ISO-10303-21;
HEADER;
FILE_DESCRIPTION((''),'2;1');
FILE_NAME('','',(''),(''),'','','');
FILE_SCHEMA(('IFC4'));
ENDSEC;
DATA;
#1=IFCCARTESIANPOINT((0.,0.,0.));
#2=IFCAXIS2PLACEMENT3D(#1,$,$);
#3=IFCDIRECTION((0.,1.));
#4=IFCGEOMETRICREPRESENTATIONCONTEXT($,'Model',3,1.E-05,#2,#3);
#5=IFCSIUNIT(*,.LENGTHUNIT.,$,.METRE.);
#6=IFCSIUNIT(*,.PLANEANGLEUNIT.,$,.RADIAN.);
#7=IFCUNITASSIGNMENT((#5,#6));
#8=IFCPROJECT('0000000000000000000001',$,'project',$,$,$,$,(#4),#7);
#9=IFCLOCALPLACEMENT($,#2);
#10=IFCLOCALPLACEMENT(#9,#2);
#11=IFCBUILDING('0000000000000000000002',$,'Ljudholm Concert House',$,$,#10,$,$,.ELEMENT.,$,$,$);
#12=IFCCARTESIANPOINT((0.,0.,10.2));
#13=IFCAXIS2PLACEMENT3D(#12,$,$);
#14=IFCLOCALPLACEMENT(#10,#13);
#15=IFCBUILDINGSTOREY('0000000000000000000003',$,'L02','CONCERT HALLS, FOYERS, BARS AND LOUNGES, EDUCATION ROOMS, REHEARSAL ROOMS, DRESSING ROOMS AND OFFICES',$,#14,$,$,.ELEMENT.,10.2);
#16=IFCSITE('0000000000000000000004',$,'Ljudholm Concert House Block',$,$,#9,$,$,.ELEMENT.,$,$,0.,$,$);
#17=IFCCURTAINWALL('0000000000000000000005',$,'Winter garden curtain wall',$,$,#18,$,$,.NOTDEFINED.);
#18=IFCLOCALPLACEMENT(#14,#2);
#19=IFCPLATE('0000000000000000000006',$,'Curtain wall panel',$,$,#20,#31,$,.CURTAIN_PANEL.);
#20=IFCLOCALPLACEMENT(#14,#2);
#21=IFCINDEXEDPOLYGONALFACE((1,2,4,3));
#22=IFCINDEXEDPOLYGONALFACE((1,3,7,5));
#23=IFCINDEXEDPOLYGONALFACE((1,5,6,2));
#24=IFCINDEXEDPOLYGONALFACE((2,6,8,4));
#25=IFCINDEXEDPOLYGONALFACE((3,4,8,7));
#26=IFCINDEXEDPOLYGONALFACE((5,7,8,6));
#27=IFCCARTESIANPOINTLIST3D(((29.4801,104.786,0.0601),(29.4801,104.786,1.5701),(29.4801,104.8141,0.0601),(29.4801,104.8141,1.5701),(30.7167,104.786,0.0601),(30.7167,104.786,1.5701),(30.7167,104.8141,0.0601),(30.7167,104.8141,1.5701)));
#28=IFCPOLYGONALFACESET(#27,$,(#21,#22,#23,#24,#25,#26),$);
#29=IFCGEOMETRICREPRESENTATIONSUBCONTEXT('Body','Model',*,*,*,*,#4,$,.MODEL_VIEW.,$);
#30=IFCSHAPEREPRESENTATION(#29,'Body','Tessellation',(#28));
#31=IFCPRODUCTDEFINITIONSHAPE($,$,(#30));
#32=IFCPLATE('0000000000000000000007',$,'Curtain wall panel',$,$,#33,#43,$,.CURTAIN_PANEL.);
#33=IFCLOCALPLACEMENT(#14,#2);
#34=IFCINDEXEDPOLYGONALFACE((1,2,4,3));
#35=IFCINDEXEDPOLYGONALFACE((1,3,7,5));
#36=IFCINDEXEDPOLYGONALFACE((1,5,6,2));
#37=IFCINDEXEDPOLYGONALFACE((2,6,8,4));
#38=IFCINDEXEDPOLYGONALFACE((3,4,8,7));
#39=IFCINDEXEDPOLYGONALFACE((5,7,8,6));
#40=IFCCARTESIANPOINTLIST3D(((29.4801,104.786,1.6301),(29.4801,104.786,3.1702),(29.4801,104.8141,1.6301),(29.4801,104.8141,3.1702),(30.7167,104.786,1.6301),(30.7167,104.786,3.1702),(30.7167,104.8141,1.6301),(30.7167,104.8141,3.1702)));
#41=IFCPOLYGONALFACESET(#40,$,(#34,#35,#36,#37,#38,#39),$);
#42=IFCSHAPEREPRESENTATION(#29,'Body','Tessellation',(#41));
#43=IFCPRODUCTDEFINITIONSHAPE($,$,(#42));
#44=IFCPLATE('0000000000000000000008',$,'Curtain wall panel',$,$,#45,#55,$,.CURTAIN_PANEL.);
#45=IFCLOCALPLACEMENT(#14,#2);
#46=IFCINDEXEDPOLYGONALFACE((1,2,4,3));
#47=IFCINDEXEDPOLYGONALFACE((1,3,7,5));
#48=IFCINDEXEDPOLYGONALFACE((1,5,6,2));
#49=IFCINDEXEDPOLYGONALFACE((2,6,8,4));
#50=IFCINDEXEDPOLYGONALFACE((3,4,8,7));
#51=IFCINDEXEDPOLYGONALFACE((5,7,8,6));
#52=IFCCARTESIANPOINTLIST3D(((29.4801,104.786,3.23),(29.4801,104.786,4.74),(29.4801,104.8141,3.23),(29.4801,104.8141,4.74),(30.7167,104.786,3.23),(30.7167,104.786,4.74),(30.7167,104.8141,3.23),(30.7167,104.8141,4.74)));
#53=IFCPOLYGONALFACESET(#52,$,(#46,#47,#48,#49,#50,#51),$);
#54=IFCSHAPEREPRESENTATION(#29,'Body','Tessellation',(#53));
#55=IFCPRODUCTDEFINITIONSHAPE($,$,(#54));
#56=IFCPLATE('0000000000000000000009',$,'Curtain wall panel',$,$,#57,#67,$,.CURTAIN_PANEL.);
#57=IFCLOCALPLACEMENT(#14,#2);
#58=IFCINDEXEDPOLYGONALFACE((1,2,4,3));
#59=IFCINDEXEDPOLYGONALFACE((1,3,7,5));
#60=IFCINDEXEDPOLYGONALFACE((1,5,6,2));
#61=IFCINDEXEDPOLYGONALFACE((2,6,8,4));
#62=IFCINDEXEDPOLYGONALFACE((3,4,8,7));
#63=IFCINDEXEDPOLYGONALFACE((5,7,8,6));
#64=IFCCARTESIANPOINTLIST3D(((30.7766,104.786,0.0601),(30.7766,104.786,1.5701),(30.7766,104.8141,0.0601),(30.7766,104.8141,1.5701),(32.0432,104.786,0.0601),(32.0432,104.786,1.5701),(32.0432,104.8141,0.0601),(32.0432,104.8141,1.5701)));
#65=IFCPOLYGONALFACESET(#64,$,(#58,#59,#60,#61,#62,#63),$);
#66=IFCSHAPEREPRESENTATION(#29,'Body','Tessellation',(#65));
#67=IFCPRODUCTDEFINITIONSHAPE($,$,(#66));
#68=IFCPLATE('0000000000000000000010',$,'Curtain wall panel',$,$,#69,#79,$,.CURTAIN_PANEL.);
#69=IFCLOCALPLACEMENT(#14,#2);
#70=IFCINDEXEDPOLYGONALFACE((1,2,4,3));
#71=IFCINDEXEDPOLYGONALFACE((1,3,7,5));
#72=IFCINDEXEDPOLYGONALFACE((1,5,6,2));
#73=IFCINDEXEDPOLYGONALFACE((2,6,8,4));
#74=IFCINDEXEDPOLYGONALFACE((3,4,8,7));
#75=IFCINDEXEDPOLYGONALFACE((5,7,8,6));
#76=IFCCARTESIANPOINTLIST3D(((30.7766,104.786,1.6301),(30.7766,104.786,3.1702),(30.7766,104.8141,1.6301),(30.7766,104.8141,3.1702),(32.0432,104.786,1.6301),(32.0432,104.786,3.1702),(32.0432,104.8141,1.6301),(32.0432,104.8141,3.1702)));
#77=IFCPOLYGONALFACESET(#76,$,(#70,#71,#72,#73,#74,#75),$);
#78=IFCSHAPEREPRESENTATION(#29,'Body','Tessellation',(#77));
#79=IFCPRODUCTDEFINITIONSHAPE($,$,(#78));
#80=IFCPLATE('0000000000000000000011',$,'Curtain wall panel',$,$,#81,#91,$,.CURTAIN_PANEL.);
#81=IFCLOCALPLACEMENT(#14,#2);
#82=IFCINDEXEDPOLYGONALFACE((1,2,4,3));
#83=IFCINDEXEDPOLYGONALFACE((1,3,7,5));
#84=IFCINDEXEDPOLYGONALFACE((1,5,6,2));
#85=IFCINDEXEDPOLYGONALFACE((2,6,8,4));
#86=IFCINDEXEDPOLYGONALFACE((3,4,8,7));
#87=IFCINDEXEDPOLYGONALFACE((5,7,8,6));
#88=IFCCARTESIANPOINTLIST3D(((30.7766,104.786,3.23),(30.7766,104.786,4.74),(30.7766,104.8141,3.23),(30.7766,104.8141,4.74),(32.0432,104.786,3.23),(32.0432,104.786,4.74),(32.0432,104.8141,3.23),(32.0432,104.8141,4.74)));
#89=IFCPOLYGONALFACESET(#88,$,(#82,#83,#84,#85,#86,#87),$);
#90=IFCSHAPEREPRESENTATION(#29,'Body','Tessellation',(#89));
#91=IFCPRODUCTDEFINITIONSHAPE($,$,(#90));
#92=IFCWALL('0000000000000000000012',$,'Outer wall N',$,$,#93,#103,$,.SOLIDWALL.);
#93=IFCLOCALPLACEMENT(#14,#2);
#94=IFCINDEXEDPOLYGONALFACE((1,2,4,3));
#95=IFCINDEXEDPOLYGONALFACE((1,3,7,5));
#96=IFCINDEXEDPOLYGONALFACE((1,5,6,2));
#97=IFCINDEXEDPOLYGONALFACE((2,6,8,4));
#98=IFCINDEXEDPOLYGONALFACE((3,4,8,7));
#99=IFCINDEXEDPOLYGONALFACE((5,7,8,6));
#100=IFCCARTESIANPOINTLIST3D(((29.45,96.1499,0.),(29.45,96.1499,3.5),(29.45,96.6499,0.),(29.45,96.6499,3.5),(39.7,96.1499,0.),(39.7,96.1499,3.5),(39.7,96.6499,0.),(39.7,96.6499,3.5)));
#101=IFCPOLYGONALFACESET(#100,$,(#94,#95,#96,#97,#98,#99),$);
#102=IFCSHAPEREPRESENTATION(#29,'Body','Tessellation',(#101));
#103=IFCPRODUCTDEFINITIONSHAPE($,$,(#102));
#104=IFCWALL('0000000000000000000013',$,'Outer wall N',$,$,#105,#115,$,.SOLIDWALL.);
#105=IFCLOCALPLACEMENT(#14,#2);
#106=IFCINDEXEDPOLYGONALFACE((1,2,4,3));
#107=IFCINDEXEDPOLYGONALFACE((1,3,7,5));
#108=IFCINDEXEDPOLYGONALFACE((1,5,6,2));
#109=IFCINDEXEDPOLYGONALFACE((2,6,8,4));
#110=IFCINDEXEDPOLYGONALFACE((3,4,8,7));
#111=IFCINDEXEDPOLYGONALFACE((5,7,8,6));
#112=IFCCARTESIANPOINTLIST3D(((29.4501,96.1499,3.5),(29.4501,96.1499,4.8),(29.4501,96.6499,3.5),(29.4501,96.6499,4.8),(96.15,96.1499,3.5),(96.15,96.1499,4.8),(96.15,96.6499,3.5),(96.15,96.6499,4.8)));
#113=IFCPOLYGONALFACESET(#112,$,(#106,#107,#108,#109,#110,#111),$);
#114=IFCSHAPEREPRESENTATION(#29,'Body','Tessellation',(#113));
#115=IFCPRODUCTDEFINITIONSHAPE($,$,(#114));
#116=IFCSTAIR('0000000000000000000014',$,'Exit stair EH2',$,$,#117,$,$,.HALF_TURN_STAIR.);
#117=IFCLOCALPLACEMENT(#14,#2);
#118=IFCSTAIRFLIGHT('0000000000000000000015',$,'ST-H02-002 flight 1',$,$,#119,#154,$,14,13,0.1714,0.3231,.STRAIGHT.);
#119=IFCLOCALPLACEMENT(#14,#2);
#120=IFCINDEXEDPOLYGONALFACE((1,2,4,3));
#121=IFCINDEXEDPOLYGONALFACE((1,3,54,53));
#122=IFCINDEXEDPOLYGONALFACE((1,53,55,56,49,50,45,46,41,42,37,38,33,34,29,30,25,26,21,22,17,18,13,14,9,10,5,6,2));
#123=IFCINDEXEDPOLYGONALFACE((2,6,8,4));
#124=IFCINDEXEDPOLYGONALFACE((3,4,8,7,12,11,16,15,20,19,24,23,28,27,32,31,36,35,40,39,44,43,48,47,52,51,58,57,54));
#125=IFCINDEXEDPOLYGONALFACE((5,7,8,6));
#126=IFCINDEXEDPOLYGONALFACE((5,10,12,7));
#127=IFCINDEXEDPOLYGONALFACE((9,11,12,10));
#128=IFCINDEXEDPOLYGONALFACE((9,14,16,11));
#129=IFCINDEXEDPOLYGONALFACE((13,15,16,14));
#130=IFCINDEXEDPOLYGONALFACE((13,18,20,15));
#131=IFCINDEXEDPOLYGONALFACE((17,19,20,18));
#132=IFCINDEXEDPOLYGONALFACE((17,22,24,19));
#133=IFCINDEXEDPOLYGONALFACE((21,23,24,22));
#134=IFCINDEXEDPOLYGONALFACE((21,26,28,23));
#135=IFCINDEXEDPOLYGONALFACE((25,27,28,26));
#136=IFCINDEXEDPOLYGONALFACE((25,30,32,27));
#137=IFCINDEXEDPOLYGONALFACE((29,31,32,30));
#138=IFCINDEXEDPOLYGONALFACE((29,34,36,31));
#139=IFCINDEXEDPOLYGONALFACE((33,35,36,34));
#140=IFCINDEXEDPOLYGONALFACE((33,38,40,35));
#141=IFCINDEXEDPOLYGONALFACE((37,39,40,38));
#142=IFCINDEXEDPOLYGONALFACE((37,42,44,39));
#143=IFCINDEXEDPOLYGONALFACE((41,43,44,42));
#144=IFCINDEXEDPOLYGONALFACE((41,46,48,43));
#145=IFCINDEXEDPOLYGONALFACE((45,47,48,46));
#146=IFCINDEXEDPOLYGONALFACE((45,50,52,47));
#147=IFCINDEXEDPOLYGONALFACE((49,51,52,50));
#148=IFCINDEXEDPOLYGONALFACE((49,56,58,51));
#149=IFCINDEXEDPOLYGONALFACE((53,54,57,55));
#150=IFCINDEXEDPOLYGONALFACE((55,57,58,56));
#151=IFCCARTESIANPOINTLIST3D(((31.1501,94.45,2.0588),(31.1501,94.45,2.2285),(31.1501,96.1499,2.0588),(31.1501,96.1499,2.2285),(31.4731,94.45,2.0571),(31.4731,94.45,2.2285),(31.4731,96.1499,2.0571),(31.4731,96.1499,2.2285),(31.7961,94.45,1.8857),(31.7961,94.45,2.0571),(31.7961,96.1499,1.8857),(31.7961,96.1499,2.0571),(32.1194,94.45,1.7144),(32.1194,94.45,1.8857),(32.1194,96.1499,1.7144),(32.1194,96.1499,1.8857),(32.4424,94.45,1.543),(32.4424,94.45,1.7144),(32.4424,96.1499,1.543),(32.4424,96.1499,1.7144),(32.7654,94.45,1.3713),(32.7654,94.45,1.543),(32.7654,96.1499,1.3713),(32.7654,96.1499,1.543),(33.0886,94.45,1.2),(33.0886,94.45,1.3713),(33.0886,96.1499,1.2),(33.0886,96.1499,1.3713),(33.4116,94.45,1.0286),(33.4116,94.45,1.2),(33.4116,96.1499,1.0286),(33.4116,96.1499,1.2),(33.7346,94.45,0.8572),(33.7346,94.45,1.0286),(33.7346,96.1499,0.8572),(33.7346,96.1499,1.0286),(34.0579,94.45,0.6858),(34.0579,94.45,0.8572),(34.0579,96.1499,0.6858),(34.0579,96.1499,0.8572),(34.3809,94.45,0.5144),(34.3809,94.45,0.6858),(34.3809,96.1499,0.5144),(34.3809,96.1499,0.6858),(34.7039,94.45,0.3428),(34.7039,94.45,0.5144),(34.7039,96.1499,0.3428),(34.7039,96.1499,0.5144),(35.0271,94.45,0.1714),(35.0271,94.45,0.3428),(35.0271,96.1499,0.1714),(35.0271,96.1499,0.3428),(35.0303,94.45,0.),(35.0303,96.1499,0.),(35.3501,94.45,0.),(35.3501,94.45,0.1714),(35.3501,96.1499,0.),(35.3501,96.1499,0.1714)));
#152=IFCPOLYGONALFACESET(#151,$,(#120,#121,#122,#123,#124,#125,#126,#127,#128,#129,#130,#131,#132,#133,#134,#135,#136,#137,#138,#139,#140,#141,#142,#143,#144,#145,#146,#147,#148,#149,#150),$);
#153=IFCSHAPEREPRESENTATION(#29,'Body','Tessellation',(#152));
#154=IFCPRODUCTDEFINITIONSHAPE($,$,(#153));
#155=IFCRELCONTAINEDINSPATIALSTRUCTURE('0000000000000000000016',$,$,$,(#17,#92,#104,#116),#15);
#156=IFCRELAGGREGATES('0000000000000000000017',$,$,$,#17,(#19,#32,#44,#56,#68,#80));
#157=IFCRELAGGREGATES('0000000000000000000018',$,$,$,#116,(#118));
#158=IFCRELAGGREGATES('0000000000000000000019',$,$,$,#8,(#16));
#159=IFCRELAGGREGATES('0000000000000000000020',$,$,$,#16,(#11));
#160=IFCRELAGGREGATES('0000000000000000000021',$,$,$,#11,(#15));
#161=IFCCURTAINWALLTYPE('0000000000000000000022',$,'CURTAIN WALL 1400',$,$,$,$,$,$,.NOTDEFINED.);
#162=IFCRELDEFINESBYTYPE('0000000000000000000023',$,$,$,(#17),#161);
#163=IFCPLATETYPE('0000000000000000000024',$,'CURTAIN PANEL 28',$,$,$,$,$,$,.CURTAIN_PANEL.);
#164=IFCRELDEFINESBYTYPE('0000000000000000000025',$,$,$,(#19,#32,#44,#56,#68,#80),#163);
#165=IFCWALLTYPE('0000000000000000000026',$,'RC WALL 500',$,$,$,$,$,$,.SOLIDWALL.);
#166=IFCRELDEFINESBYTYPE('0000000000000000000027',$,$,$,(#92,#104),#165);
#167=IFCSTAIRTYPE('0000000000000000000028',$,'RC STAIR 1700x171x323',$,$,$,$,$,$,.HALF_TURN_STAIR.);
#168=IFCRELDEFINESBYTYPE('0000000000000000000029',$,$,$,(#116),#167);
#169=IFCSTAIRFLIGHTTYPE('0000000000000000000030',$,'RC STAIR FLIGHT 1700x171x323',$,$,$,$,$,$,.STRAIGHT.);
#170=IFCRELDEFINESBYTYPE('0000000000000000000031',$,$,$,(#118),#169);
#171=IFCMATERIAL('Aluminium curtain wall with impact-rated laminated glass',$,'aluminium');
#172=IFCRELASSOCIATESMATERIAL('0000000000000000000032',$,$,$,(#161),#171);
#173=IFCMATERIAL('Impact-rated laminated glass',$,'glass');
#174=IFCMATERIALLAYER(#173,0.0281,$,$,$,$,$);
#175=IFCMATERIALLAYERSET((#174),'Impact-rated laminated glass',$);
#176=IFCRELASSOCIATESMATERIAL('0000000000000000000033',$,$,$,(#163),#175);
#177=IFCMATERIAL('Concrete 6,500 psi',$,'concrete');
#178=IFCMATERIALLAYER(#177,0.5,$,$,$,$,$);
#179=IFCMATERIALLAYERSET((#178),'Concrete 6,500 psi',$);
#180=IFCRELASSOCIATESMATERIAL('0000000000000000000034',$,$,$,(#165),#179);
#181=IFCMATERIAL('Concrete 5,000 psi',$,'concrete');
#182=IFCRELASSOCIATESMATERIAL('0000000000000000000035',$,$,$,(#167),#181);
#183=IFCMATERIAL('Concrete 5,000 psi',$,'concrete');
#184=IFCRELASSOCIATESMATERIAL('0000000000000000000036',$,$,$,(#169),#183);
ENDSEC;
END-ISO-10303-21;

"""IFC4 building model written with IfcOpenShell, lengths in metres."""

from ifc_helpers import new_model, si_unit, direction, frame, frame_2d, origin, origin_2d, place, context, subcontext, project, spatial, polyline, rectangle, outline, extrude, material, layer, layer_set, type_object, element, aggregate, save


model = new_model("IFC4")

# Units and contexts
model_context = context("Model", 3, precision=1e-05, world=origin(), true_north=direction((0.0, 1.0)))
body_context = subcontext(model_context, "Body", "Model", "MODEL_VIEW")
ifc_project = project(units=[si_unit("LENGTHUNIT", "METRE"), si_unit("PLANEANGLEUNIT", "RADIAN")], contexts=[model_context])

# Site, building, storey
site_placement = place(None, origin())
site = spatial("IfcSite", under=ifc_project, at=site_placement, Name="Ljudholm Concert House Block", CompositionType="ELEMENT", RefElevation=0.0)
building_placement = place(site_placement, origin())
building = spatial("IfcBuilding", under=site, at=building_placement, Name="Ljudholm Concert House", CompositionType="ELEMENT")
storey_placement = place(building_placement, frame((0.0, 0.0, 10.2)))
storey = spatial("IfcBuildingStorey", under=building, at=storey_placement, Name="L02", Description="CONCERT HALLS, FOYERS, BARS AND LOUNGES, EDUCATION ROOMS, REHEARSAL ROOMS, DRESSING ROOMS AND OFFICES", CompositionType="ELEMENT", Elevation=10.2)

# Curtain wall
ifc_material_1 = material(Name="Aluminium curtain wall with impact-rated laminated glass", Category="aluminium")
curtain_wall_type = type_object("IfcCurtainWallType", Name="CURTAIN WALL 1400", PredefinedType="NOTDEFINED", material=ifc_material_1)
curtain_wall_placement = place(storey_placement, origin())
curtain_wall = element("IfcCurtainWall", 1, at=curtain_wall_placement, inside=storey, type_object=curtain_wall_type, Name="Winter garden curtain wall", PredefinedType="NOTDEFINED")

# Plates
ifc_material_2 = material(Name="Impact-rated laminated glass", Category="glass")
ifc_layer_1 = layer(ifc_material_2, 0.0281)
ifc_layer_set_1 = layer_set([ifc_layer_1], Name="Impact-rated laminated glass")
plate_type = type_object("IfcPlateType", Name="CURTAIN PANEL 28", PredefinedType="CURTAIN_PANEL", material=ifc_layer_set_1)
plate_1_placement = place(storey_placement, frame((30.0984, 104.8, 0.0601), z_axis=(0.0, 0.0, 1.0), x_axis=(1.0, 0.0, 0.0)))
plate_1 = element("IfcPlate", 2, at=plate_1_placement, type_object=plate_type, Name="Curtain wall panel", PredefinedType="CURTAIN_PANEL", context=body_context, shape_type="SweptSolid", body=[
    extrude(rectangle(XDim=1.2366, YDim=0.0281, at=origin_2d()), origin(), (0.0, 0.0, 1.0), 1.51),
])
plate_2_placement = place(storey_placement, frame((30.0984, 104.8, 1.6301), z_axis=(0.0, 0.0, 1.0), x_axis=(1.0, 0.0, 0.0)))
plate_2 = element("IfcPlate", 3, at=plate_2_placement, type_object=plate_type, Name="Curtain wall panel", PredefinedType="CURTAIN_PANEL", context=body_context, shape_type="SweptSolid", body=[
    extrude(rectangle(XDim=1.2366, YDim=0.0281, at=origin_2d()), origin(), (0.0, 0.0, 1.0), 1.54),
])
plate_3_placement = place(storey_placement, frame((30.0984, 104.8, 3.23), z_axis=(0.0, 0.0, 1.0), x_axis=(1.0, 0.0, 0.0)))
plate_3 = element("IfcPlate", 4, at=plate_3_placement, type_object=plate_type, Name="Curtain wall panel", PredefinedType="CURTAIN_PANEL", context=body_context, shape_type="SweptSolid", body=[
    extrude(rectangle(XDim=1.2366, YDim=0.0281, at=origin_2d()), origin(), (0.0, 0.0, 1.0), 1.51),
])
plate_4_placement = place(storey_placement, frame((31.4099, 104.8, 0.0601), z_axis=(0.0, 0.0, 1.0), x_axis=(1.0, 0.0, 0.0)))
plate_4 = element("IfcPlate", 5, at=plate_4_placement, type_object=plate_type, Name="Curtain wall panel", PredefinedType="CURTAIN_PANEL", context=body_context, shape_type="SweptSolid", body=[
    extrude(rectangle(XDim=1.2666, YDim=0.0281, at=origin_2d()), origin(), (0.0, 0.0, 1.0), 1.51),
])
plate_5_placement = place(storey_placement, frame((31.4099, 104.8, 1.6301), z_axis=(0.0, 0.0, 1.0), x_axis=(1.0, 0.0, 0.0)))
plate_5 = element("IfcPlate", 6, at=plate_5_placement, type_object=plate_type, Name="Curtain wall panel", PredefinedType="CURTAIN_PANEL", context=body_context, shape_type="SweptSolid", body=[
    extrude(rectangle(XDim=1.2666, YDim=0.0281, at=origin_2d()), origin(), (0.0, 0.0, 1.0), 1.54),
])
plate_6_placement = place(storey_placement, frame((31.4099, 104.8, 3.23), z_axis=(0.0, 0.0, 1.0), x_axis=(1.0, 0.0, 0.0)))
plate_6 = element("IfcPlate", 7, at=plate_6_placement, type_object=plate_type, Name="Curtain wall panel", PredefinedType="CURTAIN_PANEL", context=body_context, shape_type="SweptSolid", body=[
    extrude(rectangle(XDim=1.2666, YDim=0.0281, at=origin_2d()), origin(), (0.0, 0.0, 1.0), 1.51),
])
aggregate(curtain_wall, [plate_1, plate_2, plate_3, plate_4, plate_5, plate_6])

# Walls
ifc_material_3 = material(Name="Concrete 6,500 psi", Category="concrete")
ifc_layer_2 = layer(ifc_material_3, 0.5)
ifc_layer_set_2 = layer_set([ifc_layer_2], Name="Concrete 6,500 psi")
wall_type = type_object("IfcWallType", Name="RC WALL 500", PredefinedType="SOLIDWALL", material=ifc_layer_set_2)
wall_1_placement = place(storey_placement, frame((29.45, 96.3999, 0.0), z_axis=(0.0, 0.0, 1.0), x_axis=(1.0, 0.0, 0.0)))
element("IfcWall", 8, at=wall_1_placement, inside=storey, type_object=wall_type, Name="Outer wall N", PredefinedType="SOLIDWALL", context=body_context, shape_type="SweptSolid", body=[
    extrude(rectangle(XDim=10.25, YDim=0.5, at=frame_2d((5.125, 0.0))), origin(), (0.0, 0.0, 1.0), 3.5),
])
wall_2_placement = place(storey_placement, frame((29.45, 96.3999, 3.5), z_axis=(0.0, 0.0, 1.0), x_axis=(1.0, 0.0, 0.0)))
element("IfcWall", 9, at=wall_2_placement, inside=storey, type_object=wall_type, Name="Outer wall N", PredefinedType="SOLIDWALL", context=body_context, shape_type="SweptSolid", body=[
    extrude(rectangle(XDim=66.7, YDim=0.5, at=frame_2d((33.3501, 0.0))), origin(), (0.0, 0.0, 1.0), 1.3),
])

# Stair, stair flight
ifc_material_4 = material(Name="Concrete 5,000 psi", Category="concrete")
stair_type = type_object("IfcStairType", Name="RC STAIR 1700x171x323", PredefinedType="HALF_TURN_STAIR", material=ifc_material_4)
stair_placement = place(storey_placement, origin())
stair = element("IfcStair", 10, at=stair_placement, inside=storey, type_object=stair_type, Name="Exit stair EH2", PredefinedType="HALF_TURN_STAIR")
ifc_material_5 = material(Name="Concrete 5,000 psi", Category="concrete")
stair_flight_type = type_object("IfcStairFlightType", Name="RC STAIR FLIGHT 1700x171x323", PredefinedType="STRAIGHT", material=ifc_material_5)
stair_flight_placement = place(storey_placement, frame((35.3501, 95.3, 0.0), z_axis=(0.0, 0.0, 1.0), x_axis=(-1.0, 0.0, 0.0)))
stair_flight = element("IfcStairFlight", 11, at=stair_flight_placement, type_object=stair_flight_type, Name="ST-H02-002 flight 1", NumberOfRisers=14, NumberOfTreads=13, PredefinedType="STRAIGHT", RiserHeight=0.1714, TreadLength=0.3231, context=body_context, shape_type="SweptSolid", body=[
    extrude(outline(polyline([(0.0, 0.0), (0.0, 0.1714), (0.323, 0.1714), (0.323, 0.3428), (0.6462, 0.3428), (0.6462, 0.5144), (0.9692, 0.5144), (0.9692, 0.6858), (1.2922, 0.6858), (1.2922, 0.8572), (1.6155, 0.8572), (1.6155, 1.0286), (1.9385, 1.0286), (1.9385, 1.2), (2.2615, 1.2), (2.2615, 1.3713), (2.5847, 1.3713), (2.5847, 1.543), (2.9077, 1.543), (2.9077, 1.7144), (3.2307, 1.7144), (3.2307, 1.8857), (3.554, 1.8857), (3.554, 2.0571), (3.877, 2.0571), (3.877, 2.2285), (4.2, 2.2285), (4.2, 2.3999), (4.2, 2.0588), (0.3198, 0.0), (0.0, 0.0)])), frame((0.0, 0.8501, 0.0), z_axis=(0.0, -1.0, 0.0), x_axis=(1.0, 0.0, 0.0)), (0.0, 0.0, 1.0), 1.7),
])
aggregate(stair, [stair_flight])

save(model, "model.ifc")
